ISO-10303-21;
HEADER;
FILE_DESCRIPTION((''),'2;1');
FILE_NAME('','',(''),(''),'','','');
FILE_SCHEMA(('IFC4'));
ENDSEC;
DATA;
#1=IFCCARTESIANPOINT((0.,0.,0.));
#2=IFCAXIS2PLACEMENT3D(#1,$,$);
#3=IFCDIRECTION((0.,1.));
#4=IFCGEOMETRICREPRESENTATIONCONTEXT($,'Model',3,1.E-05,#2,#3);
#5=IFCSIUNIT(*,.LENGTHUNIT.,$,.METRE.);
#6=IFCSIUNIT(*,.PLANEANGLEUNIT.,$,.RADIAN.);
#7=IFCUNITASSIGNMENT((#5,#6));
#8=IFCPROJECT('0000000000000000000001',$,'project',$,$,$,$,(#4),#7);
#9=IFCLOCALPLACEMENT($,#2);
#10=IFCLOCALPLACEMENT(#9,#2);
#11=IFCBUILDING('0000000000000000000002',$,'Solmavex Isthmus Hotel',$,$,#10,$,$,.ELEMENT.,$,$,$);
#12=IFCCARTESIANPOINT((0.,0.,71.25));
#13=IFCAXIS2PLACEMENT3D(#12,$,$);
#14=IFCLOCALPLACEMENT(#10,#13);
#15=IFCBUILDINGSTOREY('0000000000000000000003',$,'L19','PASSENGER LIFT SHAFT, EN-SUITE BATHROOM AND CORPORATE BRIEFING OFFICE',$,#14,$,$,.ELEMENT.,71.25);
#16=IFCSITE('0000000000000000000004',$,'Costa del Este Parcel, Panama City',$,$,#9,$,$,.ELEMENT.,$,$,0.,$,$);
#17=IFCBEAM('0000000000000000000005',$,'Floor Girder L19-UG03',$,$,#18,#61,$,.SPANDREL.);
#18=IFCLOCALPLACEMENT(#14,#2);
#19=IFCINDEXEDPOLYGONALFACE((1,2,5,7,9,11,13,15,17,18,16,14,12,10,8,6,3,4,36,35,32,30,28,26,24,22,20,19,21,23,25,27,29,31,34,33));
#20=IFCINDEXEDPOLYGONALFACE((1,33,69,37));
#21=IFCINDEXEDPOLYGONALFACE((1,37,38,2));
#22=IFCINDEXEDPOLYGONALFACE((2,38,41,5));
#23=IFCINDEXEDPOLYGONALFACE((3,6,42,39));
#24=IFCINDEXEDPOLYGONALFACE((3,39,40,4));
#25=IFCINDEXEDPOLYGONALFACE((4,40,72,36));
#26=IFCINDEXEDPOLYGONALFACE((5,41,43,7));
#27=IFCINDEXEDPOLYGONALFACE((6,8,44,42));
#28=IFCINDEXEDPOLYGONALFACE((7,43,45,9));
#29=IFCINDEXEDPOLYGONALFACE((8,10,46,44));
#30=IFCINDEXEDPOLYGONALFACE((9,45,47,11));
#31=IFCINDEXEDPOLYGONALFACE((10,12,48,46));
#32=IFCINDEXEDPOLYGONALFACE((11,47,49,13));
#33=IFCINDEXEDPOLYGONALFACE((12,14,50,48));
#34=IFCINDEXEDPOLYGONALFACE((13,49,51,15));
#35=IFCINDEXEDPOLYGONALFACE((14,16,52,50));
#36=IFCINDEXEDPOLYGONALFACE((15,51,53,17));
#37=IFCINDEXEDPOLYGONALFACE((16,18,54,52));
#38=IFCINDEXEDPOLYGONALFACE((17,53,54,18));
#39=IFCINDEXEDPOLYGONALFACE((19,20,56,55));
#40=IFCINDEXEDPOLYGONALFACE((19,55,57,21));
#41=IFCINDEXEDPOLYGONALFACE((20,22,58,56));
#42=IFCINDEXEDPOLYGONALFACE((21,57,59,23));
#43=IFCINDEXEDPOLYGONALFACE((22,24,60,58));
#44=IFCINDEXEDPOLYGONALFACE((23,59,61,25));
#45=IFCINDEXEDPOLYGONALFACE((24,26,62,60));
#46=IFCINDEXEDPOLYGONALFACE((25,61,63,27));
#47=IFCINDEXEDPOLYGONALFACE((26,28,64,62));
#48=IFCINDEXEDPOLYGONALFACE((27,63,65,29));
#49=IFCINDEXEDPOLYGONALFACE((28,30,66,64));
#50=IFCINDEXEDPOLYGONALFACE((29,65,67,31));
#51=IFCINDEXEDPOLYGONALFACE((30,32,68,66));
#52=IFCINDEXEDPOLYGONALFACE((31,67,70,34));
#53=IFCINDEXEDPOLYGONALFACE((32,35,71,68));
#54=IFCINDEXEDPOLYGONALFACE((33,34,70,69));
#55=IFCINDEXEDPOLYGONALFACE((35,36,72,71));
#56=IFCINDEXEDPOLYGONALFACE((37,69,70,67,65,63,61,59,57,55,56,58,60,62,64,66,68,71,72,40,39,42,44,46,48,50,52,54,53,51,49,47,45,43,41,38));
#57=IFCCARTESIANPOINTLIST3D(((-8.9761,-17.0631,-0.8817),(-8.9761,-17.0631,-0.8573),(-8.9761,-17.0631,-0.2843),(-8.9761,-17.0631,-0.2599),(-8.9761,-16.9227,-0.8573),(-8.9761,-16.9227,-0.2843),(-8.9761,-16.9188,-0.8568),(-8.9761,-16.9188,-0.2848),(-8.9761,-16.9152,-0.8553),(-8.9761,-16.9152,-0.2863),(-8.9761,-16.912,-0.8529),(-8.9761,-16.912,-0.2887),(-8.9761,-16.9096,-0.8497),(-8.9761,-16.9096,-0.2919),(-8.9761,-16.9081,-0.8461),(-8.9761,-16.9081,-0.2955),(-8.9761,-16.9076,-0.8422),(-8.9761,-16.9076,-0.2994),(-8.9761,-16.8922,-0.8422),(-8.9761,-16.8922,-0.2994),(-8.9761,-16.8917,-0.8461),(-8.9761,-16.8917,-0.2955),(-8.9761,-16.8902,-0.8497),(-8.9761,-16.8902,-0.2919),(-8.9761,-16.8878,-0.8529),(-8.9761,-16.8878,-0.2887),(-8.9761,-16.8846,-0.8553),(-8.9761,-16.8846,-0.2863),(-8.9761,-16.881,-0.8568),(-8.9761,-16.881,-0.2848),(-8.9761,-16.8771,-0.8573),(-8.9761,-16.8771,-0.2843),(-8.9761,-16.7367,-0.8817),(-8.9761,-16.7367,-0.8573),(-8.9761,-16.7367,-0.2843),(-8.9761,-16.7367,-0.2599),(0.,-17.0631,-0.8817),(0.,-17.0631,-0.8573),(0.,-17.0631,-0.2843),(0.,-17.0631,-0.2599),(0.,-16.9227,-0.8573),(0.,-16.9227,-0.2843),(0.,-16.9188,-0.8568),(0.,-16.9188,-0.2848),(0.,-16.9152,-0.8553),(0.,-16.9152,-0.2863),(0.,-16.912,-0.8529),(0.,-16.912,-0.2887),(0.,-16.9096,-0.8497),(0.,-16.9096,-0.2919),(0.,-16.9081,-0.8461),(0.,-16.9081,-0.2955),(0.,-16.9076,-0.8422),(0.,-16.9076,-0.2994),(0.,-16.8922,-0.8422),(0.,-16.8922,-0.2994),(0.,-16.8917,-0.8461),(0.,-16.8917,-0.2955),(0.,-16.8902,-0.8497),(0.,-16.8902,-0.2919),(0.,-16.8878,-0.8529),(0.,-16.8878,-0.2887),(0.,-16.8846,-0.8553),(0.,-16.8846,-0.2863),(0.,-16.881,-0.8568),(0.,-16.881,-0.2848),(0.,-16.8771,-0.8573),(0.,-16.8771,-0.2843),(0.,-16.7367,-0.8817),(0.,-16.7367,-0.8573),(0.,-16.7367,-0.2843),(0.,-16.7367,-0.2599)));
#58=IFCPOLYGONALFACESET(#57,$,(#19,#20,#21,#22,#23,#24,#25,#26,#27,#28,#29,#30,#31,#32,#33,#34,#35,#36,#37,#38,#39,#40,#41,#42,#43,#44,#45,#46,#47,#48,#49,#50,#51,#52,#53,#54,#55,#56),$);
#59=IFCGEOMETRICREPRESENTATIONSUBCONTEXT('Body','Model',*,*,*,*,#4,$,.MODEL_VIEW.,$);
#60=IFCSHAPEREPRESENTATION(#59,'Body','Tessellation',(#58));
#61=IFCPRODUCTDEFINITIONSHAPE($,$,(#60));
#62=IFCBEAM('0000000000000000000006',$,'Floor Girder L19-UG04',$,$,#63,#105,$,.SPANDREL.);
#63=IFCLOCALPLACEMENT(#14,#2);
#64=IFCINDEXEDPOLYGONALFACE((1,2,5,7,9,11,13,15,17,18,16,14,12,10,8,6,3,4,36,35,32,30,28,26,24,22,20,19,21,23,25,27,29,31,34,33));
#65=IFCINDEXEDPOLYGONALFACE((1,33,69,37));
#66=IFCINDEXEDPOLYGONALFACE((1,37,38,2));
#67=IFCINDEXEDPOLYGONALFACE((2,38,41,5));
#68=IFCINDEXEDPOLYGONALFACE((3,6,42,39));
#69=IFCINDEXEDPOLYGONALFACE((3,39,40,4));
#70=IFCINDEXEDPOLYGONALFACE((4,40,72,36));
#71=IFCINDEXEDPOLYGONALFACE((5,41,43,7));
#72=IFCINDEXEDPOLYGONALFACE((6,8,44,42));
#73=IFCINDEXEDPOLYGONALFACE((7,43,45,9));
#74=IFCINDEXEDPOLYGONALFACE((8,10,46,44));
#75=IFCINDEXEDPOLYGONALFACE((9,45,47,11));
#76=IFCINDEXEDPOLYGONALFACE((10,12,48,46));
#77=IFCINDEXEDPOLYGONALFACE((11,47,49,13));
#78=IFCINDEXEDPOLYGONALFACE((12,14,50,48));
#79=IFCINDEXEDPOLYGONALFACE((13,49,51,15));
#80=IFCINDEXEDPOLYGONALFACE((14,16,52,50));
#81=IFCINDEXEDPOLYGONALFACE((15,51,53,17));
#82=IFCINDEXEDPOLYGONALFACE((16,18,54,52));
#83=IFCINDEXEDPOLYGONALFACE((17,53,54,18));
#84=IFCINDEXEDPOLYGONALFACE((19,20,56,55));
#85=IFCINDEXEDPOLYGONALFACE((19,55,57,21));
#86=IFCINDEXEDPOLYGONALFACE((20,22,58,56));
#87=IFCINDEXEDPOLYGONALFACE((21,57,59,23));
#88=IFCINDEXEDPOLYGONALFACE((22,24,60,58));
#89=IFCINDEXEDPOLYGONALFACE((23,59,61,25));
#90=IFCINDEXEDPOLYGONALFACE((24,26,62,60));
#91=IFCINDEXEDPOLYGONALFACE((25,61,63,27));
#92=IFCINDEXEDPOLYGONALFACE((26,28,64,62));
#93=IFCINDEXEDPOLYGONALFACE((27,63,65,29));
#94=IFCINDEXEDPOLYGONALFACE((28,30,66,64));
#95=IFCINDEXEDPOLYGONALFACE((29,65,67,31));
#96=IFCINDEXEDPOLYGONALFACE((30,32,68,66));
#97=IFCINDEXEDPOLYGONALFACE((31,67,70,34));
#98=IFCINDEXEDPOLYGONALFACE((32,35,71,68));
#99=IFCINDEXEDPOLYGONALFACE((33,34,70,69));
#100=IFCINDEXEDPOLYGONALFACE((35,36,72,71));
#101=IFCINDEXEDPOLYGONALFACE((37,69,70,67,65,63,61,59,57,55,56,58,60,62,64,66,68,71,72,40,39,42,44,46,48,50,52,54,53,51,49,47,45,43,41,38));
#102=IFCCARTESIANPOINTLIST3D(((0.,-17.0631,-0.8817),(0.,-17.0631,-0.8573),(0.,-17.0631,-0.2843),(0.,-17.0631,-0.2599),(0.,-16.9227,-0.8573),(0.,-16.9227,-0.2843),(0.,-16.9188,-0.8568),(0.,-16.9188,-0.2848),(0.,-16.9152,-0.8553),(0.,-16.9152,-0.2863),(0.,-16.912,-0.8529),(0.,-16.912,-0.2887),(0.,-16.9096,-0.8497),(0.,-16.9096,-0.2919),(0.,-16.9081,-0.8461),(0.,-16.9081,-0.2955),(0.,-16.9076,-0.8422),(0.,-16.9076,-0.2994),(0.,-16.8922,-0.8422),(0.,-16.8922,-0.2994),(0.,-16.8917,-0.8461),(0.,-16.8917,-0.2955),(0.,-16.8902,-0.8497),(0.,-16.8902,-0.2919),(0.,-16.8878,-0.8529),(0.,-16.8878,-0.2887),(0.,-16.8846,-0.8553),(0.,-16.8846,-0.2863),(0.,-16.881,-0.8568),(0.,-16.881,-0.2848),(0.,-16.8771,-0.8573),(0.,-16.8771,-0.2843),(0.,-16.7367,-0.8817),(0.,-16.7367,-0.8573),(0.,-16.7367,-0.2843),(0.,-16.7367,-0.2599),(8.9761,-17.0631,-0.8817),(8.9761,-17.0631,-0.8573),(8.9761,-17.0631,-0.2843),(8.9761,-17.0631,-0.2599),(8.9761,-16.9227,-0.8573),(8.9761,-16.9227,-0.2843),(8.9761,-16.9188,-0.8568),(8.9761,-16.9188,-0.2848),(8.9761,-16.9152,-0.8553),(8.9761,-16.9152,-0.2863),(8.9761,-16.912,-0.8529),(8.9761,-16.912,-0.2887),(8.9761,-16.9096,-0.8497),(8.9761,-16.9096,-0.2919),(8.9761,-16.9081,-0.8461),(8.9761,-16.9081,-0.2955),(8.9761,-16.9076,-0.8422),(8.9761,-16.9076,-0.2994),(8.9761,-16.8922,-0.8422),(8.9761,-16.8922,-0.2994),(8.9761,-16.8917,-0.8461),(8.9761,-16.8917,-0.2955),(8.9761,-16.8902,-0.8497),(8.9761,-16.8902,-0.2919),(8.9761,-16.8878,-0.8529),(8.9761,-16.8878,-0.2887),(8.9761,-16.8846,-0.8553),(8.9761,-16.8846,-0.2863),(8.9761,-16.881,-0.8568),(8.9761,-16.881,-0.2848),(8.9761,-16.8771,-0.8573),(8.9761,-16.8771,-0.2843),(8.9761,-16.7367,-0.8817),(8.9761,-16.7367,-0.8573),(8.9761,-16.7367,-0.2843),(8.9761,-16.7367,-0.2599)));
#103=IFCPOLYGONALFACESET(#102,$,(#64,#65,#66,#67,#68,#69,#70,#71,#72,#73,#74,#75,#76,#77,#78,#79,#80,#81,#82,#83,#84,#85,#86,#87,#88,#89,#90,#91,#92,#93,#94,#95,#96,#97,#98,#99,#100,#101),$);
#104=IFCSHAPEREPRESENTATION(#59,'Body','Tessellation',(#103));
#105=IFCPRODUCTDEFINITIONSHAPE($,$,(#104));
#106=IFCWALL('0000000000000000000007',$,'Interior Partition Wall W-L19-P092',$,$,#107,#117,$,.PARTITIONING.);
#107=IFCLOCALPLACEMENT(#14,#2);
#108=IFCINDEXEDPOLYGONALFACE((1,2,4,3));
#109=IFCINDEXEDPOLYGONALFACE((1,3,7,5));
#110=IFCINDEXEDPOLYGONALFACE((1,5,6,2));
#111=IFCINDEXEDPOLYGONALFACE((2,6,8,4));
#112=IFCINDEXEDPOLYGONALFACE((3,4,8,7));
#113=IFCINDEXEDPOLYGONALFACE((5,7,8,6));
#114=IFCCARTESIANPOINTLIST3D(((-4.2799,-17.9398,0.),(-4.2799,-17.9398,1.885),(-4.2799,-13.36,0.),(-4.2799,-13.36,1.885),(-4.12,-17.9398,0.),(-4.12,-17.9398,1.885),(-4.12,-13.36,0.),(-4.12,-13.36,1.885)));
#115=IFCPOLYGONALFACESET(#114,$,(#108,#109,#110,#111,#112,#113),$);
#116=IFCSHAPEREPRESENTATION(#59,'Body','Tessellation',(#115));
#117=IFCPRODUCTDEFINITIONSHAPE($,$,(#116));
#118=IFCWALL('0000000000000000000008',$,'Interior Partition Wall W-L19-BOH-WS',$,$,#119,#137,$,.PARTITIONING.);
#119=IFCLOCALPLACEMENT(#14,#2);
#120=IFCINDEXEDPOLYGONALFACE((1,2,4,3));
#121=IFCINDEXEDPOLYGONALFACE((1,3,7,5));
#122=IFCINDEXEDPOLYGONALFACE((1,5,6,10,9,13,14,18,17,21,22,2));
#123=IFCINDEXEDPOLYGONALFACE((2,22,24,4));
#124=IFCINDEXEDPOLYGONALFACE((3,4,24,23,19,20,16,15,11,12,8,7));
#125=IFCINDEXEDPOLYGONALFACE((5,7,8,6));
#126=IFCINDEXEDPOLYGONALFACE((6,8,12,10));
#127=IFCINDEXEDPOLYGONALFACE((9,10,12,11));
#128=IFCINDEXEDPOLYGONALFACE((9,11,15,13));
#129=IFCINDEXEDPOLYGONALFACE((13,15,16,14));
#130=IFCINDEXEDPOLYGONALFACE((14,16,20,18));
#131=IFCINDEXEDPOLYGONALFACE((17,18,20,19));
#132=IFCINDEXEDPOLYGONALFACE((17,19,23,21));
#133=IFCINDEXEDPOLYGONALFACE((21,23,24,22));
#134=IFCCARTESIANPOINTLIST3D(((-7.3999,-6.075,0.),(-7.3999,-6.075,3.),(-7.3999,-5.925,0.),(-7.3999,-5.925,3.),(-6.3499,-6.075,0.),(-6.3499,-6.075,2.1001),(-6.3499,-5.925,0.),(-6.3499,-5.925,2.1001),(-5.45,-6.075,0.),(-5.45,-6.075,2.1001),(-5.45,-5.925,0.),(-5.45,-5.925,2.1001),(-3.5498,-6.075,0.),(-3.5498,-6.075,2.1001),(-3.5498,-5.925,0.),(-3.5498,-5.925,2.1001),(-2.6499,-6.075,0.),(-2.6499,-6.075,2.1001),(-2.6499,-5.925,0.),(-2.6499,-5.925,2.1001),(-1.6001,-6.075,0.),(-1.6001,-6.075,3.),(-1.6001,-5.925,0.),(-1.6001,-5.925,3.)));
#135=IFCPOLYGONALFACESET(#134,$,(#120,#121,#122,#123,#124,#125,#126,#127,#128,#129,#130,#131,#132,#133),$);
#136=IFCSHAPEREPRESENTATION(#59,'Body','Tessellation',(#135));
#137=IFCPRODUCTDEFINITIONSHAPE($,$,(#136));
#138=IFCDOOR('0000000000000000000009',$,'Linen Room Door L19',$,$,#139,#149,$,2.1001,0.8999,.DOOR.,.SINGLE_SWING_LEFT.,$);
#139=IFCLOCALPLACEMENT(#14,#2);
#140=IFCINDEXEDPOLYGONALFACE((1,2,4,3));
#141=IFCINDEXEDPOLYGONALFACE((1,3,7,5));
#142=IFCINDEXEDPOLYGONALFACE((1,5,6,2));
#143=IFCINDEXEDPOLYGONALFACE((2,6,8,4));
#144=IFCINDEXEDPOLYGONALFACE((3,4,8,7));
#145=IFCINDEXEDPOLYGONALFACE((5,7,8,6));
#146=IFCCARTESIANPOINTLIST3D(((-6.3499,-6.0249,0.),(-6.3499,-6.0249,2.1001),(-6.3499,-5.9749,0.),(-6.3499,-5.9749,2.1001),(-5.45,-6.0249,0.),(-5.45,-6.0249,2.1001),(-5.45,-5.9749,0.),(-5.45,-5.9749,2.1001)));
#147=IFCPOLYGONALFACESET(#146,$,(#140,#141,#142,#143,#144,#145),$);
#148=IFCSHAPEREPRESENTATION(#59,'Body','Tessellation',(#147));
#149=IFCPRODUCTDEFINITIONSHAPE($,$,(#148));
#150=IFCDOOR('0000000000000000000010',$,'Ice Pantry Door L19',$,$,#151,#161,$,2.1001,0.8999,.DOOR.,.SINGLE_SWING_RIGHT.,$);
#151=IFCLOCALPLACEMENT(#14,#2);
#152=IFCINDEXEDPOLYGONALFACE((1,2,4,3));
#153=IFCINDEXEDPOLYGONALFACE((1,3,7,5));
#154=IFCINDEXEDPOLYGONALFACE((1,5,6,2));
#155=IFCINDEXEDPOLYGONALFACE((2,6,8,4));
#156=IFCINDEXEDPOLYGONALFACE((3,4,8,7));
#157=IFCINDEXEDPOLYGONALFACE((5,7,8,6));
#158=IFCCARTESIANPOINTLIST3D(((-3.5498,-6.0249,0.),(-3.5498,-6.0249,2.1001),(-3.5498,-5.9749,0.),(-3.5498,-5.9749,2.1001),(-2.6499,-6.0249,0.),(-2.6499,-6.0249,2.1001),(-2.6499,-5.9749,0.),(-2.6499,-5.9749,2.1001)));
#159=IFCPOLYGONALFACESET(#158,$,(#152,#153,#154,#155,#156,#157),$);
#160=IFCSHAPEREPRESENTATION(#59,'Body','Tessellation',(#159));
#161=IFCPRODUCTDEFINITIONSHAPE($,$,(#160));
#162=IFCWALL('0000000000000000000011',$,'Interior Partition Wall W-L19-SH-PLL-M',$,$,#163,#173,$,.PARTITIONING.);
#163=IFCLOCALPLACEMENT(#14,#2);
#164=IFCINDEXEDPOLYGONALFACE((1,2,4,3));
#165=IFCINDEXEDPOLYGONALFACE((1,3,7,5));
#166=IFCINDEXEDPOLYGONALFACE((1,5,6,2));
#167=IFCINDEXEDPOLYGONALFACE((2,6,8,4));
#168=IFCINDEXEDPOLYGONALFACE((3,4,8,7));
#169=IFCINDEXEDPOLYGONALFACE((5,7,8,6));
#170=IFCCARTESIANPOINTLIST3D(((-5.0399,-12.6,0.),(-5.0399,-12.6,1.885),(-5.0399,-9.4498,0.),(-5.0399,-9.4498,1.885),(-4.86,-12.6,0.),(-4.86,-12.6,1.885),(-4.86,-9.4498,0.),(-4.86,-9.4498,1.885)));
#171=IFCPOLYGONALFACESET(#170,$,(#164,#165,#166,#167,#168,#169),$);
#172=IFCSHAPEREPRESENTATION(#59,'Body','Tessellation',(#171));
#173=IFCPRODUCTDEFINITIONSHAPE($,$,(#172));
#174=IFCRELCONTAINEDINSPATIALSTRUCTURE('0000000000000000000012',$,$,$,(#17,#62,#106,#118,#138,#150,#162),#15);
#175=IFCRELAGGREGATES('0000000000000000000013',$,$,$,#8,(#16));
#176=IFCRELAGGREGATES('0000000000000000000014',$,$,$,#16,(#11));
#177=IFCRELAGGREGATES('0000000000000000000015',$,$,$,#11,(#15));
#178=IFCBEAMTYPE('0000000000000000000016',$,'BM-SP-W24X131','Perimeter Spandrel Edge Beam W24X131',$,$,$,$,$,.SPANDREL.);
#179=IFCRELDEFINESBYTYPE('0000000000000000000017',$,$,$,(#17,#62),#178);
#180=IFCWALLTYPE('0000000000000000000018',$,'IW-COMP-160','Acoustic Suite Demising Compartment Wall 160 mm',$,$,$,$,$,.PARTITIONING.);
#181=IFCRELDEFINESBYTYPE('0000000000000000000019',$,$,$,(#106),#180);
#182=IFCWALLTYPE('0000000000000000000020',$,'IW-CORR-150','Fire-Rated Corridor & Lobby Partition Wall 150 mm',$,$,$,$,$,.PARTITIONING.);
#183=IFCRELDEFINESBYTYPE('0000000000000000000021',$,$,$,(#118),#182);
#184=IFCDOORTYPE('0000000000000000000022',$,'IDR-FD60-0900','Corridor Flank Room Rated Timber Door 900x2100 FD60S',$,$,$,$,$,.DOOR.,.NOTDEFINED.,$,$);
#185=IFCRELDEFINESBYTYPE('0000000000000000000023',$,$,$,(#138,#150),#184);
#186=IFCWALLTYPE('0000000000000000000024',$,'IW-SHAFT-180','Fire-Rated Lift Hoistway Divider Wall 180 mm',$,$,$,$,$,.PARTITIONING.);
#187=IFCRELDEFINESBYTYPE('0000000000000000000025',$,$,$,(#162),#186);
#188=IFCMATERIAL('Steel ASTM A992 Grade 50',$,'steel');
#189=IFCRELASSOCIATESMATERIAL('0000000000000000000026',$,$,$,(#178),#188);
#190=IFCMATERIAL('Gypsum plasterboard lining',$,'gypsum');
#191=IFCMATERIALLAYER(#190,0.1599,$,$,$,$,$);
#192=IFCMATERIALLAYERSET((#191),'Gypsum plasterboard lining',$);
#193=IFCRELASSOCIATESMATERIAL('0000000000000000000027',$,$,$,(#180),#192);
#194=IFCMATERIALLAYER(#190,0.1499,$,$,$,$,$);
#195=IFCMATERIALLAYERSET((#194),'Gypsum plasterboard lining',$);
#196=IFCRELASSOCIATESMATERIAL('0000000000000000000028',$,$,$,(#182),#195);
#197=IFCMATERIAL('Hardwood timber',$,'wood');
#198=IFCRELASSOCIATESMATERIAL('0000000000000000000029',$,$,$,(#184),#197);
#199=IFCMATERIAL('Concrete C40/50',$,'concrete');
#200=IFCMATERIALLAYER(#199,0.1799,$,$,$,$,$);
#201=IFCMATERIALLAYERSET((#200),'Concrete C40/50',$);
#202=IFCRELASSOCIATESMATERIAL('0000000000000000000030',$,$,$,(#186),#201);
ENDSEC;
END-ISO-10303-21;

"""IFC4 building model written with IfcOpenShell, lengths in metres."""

from ifc_helpers import new_model, si_unit, direction, frame, frame_2d, origin, origin_2d, place, context, subcontext, project, spatial, rectangle, i_section, extrude, material, layer, layer_set, material_profile, profile_set, type_object, element, fill, save


model = new_model("IFC4")

# Units and contexts
model_context = context("Model", 3, precision=1e-05, world=origin(), true_north=direction((0.0, 1.0)))
body_context = subcontext(model_context, "Body", "Model", "MODEL_VIEW")
ifc_project = project(units=[si_unit("LENGTHUNIT", "METRE"), si_unit("PLANEANGLEUNIT", "RADIAN")], contexts=[model_context])

# Site, building, storey
site_placement = place(None, origin())
site = spatial("IfcSite", under=ifc_project, at=site_placement, Name="Costa del Este Parcel, Panama City", CompositionType="ELEMENT", RefElevation=0.0)
building_placement = place(site_placement, origin())
building = spatial("IfcBuilding", under=site, at=building_placement, Name="Solmavex Isthmus Hotel", CompositionType="ELEMENT")
storey_placement = place(building_placement, frame((0.0, 0.0, 71.25)))
storey = spatial("IfcBuildingStorey", under=building, at=storey_placement, Name="L19", Description="PASSENGER LIFT SHAFT, EN-SUITE BATHROOM AND CORPORATE BRIEFING OFFICE", CompositionType="ELEMENT", Elevation=71.25)

# Beams
ifc_material_1 = material(Name="Steel ASTM A992 Grade 50", Category="steel")
ifc_material_profile_1 = material_profile(ifc_material_1, i_section(OverallWidth=0.3264, OverallDepth=0.6218, WebThickness=0.0154, FlangeThickness=0.0244, FilletRadius=0.0151, at=origin_2d()), Name="W24X131")
ifc_profile_set_1 = profile_set([ifc_material_profile_1], Name="Steel ASTM A992 Grade 50")
beam_type_1 = type_object("IfcBeamType", Name="BM-SP-W24X131", Description="Perimeter Spandrel Edge Beam W24X131", PredefinedType="SPANDREL", material=ifc_profile_set_1)
for number, where, z_axis, x_axis, name in (
    (1, (-8.9761, -16.8999, -0.5708), (1.0, 0.0, 0.0), (0.0, 1.0, 0.0), "Floor Girder L19-UG03"),
    (2, (0.0, -16.8999, -0.5708), (1.0, 0.0, 0.0), (0.0, 1.0, 0.0), "Floor Girder L19-UG04"),
):
    element("IfcBeam", number, at=place(storey_placement, frame(where, z_axis=z_axis, x_axis=x_axis)), inside=storey, type_object=beam_type_1, Name=name, PredefinedType="SPANDREL", context=body_context, shape_type="SweptSolid", body=[
        extrude(i_section(OverallWidth=0.3264, OverallDepth=0.6218, WebThickness=0.0154, FlangeThickness=0.0244, FilletRadius=0.0151, at=origin_2d()), origin(), (0.0, 0.0, 1.0), 8.9761),
    ])

# Wall
ifc_material_2 = material(Name="Gypsum plasterboard lining", Category="gypsum")
ifc_layer_1 = layer(ifc_material_2, 0.1599)
ifc_layer_set_1 = layer_set([ifc_layer_1], Name="Gypsum plasterboard lining")
wall_type_1 = type_object("IfcWallType", Name="IW-COMP-160", Description="Acoustic Suite Demising Compartment Wall 160 mm", PredefinedType="PARTITIONING", material=ifc_layer_set_1)
wall_1_placement = place(storey_placement, frame((-4.2, -17.9399, 0.0), z_axis=(0.0, 0.0, 1.0), x_axis=(0.0, 1.0, 0.0)))
element("IfcWall", 3, at=wall_1_placement, inside=storey, type_object=wall_type_1, Name="Interior Partition Wall W-L19-P092", PredefinedType="PARTITIONING", context=body_context, shape_type="SweptSolid", body=[
    extrude(rectangle(XDim=4.5798, YDim=0.1599, at=frame_2d((2.29, 0.0))), origin(), (0.0, 0.0, 1.0), 1.885),
])

# Wall, openings, doors
ifc_layer_2 = layer(ifc_material_2, 0.1499)
ifc_layer_set_2 = layer_set([ifc_layer_2], Name="Gypsum plasterboard lining")
wall_type_2 = type_object("IfcWallType", Name="IW-CORR-150", Description="Fire-Rated Corridor & Lobby Partition Wall 150 mm", PredefinedType="PARTITIONING", material=ifc_layer_set_2)
wall_2_placement = place(storey_placement, frame((-7.3999, -6.0, 0.0), z_axis=(0.0, 0.0, 1.0), x_axis=(1.0, 0.0, 0.0)))
wall_2 = element("IfcWall", 4, at=wall_2_placement, inside=storey, type_object=wall_type_2, Name="Interior Partition Wall W-L19-BOH-WS", PredefinedType="PARTITIONING", context=body_context, shape_type="SweptSolid", body=[
    extrude(rectangle(XDim=5.7998, YDim=0.1499, at=frame_2d((2.8999, 0.0))), origin(), (0.0, 0.0, 1.0), 3.0),
])
opening_1_placement = place(wall_2_placement, frame((1.05, 0.0, 0.0)))
opening_1 = element("IfcOpeningElement", 5, at=opening_1_placement, cuts=wall_2, PredefinedType="OPENING", context=body_context, shape_type="SweptSolid", body=[
    extrude(rectangle(XDim=0.8999, YDim=2.1001, at=frame_2d((0.45, 1.05))), frame((0.0, 0.085, 0.0), z_axis=(0.0, -1.0, 0.0), x_axis=(1.0, 0.0, 0.0)), (0.0, 0.0, 1.0), 0.1699),
])
opening_2_placement = place(wall_2_placement, frame((3.8501, 0.0, 0.0)))
opening_2 = element("IfcOpeningElement", 6, at=opening_2_placement, cuts=wall_2, PredefinedType="OPENING", context=body_context, shape_type="SweptSolid", body=[
    extrude(rectangle(XDim=0.8999, YDim=2.1001, at=frame_2d((0.45, 1.05))), frame((0.0, 0.085, 0.0), z_axis=(0.0, -1.0, 0.0), x_axis=(1.0, 0.0, 0.0)), (0.0, 0.0, 1.0), 0.1699),
])
ifc_material_3 = material(Name="Hardwood timber", Category="wood")
door_type_1 = type_object("IfcDoorType", Name="IDR-FD60-0900", Description="Corridor Flank Room Rated Timber Door 900x2100 FD60S", OperationType="NOTDEFINED", PredefinedType="DOOR", material=ifc_material_3)
door_1_placement = place(opening_1_placement, frame((0.8999, 0.0, 0.0), z_axis=(0.0, 0.0, 1.0), x_axis=(-1.0, 0.0, 0.0)))
door_1 = element("IfcDoor", 7, at=door_1_placement, inside=storey, type_object=door_type_1, Name="Linen Room Door L19", OperationType="SINGLE_SWING_LEFT", OverallHeight=2.1001, OverallWidth=0.8999, PredefinedType="DOOR", context=body_context, shape_type="SweptSolid", body=[
    extrude(rectangle(XDim=0.8999, YDim=2.1001, at=frame_2d((0.45, 1.05))), frame((0.0, 0.0249, 0.0), z_axis=(0.0, -1.0, 0.0), x_axis=(1.0, 0.0, 0.0)), (0.0, 0.0, 1.0), 0.05),
])
fill(opening_1, door_1)
door_2_placement = place(opening_2_placement, frame((0.8999, 0.0, 0.0), z_axis=(0.0, 0.0, 1.0), x_axis=(-1.0, 0.0, 0.0)))
door_2 = element("IfcDoor", 8, at=door_2_placement, inside=storey, type_object=door_type_1, Name="Ice Pantry Door L19", OperationType="SINGLE_SWING_RIGHT", OverallHeight=2.1001, OverallWidth=0.8999, PredefinedType="DOOR", context=body_context, shape_type="SweptSolid", body=[
    extrude(rectangle(XDim=0.8999, YDim=2.1001, at=frame_2d((0.45, 1.05))), frame((0.0, 0.0249, 0.0), z_axis=(0.0, -1.0, 0.0), x_axis=(1.0, 0.0, 0.0)), (0.0, 0.0, 1.0), 0.05),
])
fill(opening_2, door_2)

# Wall
ifc_material_4 = material(Name="Concrete C40/50", Category="concrete")
ifc_layer_3 = layer(ifc_material_4, 0.1799)
ifc_layer_set_3 = layer_set([ifc_layer_3], Name="Concrete C40/50")
wall_type_3 = type_object("IfcWallType", Name="IW-SHAFT-180", Description="Fire-Rated Lift Hoistway Divider Wall 180 mm", PredefinedType="PARTITIONING", material=ifc_layer_set_3)
wall_3_placement = place(storey_placement, frame((-4.95, -12.6001, 0.0), z_axis=(0.0, 0.0, 1.0), x_axis=(0.0, 1.0, 0.0)))
element("IfcWall", 9, at=wall_3_placement, inside=storey, type_object=wall_type_3, Name="Interior Partition Wall W-L19-SH-PLL-M", PredefinedType="PARTITIONING", context=body_context, shape_type="SweptSolid", body=[
    extrude(rectangle(XDim=3.1501, YDim=0.1799, at=frame_2d((1.5752, 0.0))), origin(), (0.0, 0.0, 1.0), 1.885),
])

save(model, "model.ifc")
